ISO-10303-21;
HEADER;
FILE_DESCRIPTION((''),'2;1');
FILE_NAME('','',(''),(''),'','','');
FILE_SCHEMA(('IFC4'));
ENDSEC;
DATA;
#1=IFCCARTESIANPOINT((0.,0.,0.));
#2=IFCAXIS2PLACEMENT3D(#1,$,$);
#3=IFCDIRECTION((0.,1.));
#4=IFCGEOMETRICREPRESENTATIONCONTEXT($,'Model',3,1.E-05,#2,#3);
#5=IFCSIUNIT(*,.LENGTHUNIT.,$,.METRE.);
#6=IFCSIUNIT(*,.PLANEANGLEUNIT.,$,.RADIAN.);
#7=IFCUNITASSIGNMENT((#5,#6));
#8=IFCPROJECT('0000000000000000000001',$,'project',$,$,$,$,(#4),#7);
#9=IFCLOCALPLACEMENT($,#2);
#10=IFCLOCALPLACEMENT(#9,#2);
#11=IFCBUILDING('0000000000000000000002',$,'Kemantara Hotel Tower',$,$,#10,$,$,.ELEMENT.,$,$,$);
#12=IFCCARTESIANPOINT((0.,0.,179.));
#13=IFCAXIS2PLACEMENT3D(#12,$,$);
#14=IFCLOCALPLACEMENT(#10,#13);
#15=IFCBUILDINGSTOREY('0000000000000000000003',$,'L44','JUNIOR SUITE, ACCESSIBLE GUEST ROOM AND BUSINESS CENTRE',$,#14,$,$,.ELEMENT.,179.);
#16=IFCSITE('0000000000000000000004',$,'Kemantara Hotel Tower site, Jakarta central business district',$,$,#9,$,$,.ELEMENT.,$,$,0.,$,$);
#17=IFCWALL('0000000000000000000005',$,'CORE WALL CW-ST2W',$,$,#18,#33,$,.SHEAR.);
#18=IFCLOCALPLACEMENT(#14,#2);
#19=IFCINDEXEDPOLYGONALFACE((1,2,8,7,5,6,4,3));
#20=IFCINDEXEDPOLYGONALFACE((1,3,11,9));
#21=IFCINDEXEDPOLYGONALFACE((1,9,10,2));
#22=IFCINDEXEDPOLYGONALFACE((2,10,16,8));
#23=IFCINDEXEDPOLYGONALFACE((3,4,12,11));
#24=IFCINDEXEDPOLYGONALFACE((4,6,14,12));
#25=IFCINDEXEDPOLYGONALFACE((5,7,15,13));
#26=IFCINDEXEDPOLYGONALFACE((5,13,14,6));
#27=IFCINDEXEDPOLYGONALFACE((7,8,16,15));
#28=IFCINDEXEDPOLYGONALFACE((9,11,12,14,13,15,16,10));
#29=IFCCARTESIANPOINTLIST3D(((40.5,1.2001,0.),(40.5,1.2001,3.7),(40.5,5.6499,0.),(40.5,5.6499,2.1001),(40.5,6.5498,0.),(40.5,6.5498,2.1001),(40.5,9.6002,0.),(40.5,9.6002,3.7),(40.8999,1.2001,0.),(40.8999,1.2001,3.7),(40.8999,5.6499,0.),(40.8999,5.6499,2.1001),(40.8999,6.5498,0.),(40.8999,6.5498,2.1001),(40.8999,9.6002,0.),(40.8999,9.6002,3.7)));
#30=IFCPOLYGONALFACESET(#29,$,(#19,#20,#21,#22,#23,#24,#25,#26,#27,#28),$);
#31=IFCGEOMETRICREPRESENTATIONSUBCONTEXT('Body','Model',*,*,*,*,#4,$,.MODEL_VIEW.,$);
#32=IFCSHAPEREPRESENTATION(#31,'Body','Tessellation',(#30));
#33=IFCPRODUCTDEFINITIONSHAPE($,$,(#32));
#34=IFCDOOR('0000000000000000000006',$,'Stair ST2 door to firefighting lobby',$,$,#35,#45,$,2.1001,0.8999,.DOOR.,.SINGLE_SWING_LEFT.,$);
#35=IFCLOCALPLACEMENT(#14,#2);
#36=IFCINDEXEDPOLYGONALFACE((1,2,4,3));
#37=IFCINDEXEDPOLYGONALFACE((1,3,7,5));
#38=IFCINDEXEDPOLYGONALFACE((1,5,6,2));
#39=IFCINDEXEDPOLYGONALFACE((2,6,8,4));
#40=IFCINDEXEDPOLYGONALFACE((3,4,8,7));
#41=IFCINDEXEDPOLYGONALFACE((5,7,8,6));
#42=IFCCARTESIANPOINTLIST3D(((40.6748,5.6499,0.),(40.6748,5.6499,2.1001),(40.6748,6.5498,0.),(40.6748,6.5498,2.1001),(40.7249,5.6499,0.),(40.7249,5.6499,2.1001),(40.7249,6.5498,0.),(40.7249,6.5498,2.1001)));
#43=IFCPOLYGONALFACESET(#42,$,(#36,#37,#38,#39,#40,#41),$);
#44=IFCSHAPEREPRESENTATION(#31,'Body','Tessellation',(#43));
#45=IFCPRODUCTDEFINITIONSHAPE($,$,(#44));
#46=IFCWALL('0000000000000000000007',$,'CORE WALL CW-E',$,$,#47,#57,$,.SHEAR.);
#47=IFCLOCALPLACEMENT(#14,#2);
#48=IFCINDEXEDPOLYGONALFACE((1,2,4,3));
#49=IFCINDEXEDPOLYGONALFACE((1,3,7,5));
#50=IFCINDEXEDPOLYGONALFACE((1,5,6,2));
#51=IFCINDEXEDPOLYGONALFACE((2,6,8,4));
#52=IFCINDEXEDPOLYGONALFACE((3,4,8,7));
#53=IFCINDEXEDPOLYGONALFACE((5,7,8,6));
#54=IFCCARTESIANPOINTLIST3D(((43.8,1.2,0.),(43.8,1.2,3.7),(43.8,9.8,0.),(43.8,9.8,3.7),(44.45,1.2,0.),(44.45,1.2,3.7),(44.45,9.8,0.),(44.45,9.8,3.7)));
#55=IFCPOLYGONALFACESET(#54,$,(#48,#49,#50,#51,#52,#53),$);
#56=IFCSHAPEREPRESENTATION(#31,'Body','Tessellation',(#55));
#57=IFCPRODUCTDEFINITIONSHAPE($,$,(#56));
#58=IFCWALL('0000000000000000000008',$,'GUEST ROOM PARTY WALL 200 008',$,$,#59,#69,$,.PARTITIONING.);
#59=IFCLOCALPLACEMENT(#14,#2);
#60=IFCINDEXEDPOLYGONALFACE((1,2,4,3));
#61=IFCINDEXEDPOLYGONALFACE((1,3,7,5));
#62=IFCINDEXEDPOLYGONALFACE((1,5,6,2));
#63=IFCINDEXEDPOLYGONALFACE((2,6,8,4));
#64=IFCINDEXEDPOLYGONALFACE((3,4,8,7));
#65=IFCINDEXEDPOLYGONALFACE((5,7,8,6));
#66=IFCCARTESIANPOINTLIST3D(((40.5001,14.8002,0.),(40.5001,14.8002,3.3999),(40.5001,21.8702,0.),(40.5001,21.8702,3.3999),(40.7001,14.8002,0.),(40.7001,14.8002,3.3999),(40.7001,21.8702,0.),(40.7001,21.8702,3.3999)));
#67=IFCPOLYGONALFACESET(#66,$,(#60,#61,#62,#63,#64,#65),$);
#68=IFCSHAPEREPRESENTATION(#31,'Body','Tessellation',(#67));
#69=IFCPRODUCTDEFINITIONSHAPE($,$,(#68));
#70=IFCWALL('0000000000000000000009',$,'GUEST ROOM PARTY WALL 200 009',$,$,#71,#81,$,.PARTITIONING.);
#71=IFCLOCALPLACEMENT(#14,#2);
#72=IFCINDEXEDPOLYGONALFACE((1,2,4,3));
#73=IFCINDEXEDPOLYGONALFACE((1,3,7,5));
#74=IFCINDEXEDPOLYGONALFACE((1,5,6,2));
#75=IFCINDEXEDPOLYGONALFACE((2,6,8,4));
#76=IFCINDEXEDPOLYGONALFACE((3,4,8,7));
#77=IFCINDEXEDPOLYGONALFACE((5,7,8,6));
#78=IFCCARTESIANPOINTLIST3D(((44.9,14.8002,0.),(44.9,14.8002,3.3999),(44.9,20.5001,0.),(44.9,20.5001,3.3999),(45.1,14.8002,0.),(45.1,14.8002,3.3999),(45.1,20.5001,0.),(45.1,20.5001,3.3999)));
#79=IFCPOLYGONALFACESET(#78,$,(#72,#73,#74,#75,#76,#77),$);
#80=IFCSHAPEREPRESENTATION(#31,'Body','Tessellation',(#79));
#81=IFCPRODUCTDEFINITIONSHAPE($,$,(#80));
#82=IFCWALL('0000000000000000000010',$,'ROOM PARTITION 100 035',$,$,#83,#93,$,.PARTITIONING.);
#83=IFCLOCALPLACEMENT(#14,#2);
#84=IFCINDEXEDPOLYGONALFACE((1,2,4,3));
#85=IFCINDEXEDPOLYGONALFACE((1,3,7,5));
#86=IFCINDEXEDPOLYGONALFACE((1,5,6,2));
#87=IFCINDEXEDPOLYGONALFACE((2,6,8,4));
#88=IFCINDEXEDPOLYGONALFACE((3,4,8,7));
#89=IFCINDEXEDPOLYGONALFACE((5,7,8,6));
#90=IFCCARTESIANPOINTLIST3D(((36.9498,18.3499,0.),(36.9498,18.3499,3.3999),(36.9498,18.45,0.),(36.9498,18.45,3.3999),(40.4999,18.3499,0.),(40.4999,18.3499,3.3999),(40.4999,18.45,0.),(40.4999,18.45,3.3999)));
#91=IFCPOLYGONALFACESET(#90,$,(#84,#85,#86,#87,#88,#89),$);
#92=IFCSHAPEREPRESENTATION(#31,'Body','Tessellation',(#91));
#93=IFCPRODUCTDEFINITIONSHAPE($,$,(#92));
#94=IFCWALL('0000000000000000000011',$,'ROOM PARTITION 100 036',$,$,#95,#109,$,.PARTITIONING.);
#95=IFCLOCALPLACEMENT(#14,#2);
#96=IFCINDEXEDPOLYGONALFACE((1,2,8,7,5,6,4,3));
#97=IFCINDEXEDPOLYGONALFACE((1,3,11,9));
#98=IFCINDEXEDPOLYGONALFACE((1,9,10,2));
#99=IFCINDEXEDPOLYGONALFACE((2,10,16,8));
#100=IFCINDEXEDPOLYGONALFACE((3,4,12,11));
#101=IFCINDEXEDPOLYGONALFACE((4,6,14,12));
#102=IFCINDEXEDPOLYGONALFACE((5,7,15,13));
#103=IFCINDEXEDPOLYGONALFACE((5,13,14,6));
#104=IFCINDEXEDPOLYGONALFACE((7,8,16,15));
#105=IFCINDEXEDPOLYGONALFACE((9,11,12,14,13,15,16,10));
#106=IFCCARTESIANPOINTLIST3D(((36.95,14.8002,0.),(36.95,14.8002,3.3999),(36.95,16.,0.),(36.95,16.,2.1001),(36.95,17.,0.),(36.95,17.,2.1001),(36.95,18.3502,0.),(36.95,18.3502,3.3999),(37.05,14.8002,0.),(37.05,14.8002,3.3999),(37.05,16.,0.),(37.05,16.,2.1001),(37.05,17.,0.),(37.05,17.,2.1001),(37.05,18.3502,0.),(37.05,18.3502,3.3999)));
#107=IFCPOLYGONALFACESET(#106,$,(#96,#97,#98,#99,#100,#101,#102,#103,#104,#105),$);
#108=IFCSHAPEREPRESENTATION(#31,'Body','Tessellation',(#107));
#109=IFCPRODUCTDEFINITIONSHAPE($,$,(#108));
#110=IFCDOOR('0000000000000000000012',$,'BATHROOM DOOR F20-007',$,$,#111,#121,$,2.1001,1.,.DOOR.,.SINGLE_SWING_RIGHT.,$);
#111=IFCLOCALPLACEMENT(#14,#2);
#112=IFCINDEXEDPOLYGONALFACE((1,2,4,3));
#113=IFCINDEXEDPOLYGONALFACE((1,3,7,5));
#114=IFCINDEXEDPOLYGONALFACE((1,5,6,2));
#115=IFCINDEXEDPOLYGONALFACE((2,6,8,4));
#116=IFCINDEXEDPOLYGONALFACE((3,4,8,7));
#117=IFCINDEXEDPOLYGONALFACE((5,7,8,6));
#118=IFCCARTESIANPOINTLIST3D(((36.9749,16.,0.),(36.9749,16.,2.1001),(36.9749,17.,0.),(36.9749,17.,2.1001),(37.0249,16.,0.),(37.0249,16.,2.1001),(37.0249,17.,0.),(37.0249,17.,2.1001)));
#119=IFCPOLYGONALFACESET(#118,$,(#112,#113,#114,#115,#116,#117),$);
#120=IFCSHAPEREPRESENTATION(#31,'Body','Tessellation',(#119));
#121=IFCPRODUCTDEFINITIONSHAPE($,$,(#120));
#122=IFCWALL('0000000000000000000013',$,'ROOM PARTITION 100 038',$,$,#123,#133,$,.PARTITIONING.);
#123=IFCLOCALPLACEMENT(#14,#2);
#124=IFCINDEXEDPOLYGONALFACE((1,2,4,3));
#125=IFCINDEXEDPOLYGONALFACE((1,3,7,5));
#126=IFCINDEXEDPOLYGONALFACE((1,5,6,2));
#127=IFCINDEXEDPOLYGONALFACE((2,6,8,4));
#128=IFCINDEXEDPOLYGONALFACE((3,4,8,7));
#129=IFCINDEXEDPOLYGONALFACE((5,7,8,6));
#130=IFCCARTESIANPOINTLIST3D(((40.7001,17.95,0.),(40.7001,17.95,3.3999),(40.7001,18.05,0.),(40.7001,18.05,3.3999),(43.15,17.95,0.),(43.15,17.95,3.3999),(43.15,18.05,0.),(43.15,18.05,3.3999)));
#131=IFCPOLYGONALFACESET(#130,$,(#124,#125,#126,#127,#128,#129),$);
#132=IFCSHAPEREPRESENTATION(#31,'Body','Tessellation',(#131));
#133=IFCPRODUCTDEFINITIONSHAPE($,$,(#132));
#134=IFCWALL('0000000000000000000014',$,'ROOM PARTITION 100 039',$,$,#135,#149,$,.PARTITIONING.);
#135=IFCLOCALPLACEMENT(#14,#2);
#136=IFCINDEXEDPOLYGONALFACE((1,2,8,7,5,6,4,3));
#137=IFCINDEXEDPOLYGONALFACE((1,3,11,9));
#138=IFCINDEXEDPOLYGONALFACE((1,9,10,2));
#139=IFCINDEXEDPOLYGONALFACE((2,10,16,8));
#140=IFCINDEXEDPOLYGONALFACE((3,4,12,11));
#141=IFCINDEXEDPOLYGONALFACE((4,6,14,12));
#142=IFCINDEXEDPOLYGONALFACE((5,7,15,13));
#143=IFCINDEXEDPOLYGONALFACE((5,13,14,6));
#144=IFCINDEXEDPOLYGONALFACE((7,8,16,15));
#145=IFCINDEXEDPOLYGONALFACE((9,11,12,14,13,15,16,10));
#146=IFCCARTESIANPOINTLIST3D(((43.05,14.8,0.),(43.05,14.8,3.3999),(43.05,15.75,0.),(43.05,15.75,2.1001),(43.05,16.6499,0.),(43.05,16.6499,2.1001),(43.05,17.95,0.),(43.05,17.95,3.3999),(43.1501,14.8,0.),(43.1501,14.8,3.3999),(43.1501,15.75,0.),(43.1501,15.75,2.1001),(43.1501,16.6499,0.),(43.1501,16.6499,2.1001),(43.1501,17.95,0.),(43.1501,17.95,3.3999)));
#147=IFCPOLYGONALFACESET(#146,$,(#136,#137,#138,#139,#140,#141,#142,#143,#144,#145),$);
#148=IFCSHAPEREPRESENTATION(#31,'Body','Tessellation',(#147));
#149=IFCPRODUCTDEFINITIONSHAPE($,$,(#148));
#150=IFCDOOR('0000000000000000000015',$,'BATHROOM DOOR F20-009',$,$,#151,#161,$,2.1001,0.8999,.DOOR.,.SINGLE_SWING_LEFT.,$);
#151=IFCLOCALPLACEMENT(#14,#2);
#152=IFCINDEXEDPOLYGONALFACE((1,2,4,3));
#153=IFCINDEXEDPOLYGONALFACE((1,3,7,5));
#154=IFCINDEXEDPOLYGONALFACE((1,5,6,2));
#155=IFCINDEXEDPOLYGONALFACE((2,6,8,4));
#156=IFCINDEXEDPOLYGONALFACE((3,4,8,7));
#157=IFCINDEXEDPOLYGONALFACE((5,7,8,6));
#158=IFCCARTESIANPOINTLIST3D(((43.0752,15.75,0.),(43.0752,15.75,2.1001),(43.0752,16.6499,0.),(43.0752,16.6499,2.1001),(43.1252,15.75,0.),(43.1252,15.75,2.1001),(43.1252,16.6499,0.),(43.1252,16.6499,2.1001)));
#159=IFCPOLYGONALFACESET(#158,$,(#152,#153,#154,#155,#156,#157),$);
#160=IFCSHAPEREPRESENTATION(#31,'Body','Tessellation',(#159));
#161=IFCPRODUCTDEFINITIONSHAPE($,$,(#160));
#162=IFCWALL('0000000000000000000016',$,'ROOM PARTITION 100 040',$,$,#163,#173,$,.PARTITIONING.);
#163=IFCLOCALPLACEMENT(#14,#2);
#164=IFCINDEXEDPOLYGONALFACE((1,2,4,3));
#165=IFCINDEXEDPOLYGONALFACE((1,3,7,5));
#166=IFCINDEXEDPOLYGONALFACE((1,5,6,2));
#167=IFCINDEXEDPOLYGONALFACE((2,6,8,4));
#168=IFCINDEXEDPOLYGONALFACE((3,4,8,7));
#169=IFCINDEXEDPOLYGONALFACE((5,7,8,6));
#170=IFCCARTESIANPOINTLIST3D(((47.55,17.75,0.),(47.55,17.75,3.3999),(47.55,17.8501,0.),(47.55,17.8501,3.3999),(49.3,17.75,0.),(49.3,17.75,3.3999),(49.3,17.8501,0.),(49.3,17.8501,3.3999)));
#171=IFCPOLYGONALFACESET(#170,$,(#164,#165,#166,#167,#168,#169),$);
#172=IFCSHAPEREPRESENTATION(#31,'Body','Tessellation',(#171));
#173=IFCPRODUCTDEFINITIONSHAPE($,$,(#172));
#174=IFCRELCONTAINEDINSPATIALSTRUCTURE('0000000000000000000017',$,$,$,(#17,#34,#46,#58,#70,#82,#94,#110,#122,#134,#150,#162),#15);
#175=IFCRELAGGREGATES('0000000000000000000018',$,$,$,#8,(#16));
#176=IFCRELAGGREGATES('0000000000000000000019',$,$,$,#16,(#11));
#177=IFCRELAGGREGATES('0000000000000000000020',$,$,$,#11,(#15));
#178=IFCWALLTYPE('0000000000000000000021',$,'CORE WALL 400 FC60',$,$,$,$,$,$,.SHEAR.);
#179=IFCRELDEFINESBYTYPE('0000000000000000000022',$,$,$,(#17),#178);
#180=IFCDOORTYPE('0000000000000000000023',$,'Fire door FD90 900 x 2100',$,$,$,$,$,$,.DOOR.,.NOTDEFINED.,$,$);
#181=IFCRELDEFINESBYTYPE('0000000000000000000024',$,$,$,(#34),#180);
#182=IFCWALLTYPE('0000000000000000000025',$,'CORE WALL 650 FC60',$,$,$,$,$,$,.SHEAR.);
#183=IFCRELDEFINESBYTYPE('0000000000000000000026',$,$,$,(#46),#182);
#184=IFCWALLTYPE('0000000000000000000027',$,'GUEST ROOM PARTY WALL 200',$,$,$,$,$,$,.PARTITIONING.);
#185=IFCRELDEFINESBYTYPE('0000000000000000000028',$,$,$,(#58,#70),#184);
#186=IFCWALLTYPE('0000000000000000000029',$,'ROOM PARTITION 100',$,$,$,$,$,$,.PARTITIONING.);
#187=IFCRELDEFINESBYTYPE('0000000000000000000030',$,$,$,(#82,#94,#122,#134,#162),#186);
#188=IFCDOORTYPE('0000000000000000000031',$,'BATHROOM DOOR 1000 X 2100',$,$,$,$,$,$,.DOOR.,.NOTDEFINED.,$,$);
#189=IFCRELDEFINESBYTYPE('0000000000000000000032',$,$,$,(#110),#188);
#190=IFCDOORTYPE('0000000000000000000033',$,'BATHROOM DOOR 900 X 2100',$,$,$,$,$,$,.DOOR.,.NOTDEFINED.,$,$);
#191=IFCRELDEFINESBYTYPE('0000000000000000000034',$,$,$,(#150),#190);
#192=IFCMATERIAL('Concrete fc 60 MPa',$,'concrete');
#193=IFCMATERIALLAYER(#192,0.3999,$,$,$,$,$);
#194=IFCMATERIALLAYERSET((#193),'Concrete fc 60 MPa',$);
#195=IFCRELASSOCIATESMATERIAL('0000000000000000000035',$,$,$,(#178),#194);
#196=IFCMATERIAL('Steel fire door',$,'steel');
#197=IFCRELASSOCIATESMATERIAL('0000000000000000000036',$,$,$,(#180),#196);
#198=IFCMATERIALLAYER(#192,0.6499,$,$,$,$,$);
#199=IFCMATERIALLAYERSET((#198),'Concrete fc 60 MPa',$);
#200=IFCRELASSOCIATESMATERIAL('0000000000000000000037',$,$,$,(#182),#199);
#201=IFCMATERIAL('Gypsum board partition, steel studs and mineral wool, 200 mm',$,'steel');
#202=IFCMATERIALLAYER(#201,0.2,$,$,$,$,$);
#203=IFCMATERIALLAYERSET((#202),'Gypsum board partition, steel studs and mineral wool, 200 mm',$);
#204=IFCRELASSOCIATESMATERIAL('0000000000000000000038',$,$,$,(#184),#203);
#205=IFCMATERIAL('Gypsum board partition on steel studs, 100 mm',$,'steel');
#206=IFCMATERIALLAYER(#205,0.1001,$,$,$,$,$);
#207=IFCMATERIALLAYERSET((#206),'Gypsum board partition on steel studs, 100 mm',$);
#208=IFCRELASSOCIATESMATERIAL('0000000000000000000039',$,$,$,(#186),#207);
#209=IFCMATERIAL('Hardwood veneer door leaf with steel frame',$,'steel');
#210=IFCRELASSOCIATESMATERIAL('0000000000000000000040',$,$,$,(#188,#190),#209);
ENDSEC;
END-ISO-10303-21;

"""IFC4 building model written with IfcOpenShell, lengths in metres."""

from ifc_helpers import new_model, si_unit, direction, frame, frame_2d, origin, place, context, subcontext, project, spatial, rectangle, extrude, material, layer, layer_set, type_object, element, fill, save


model = new_model("IFC4")

# Units and contexts
model_context = context("Model", 3, precision=1e-05, world=origin(), true_north=direction((0.0, 1.0)))
body_context = subcontext(model_context, "Body", "Model", "MODEL_VIEW")
ifc_project = project(units=[si_unit("LENGTHUNIT", "METRE"), si_unit("PLANEANGLEUNIT", "RADIAN")], contexts=[model_context])

# Site, building, storey
site_placement = place(None, origin())
site = spatial("IfcSite", under=ifc_project, at=site_placement, Name="Kemantara Hotel Tower site, Jakarta central business district", CompositionType="ELEMENT", RefElevation=0.0)
building_placement = place(site_placement, origin())
building = spatial("IfcBuilding", under=site, at=building_placement, Name="Kemantara Hotel Tower", CompositionType="ELEMENT")
storey_placement = place(building_placement, frame((0.0, 0.0, 179.0)))
storey = spatial("IfcBuildingStorey", under=building, at=storey_placement, Name="L44", Description="JUNIOR SUITE, ACCESSIBLE GUEST ROOM AND BUSINESS CENTRE", CompositionType="ELEMENT", Elevation=179.0)

# Shared definitions
ifc_material_1 = material(Name="Concrete fc 60 MPa", Category="concrete")

# Wall, opening, door
ifc_layer_1 = layer(ifc_material_1, 0.3999)
ifc_layer_set_1 = layer_set([ifc_layer_1], Name="Concrete fc 60 MPa")
wall_type_1 = type_object("IfcWallType", Name="CORE WALL 400 FC60", PredefinedType="SHEAR", material=ifc_layer_set_1)
ifc_material_2 = material(Name="Steel fire door", Category="steel")
wall_1_placement = place(storey_placement, frame((40.7, 1.2, 0.0), z_axis=(0.0, 0.0, 1.0), x_axis=(0.0, 1.0, 0.0)))
wall_1 = element("IfcWall", 1, at=wall_1_placement, inside=storey, type_object=wall_type_1, Name="CORE WALL CW-ST2W", PredefinedType="SHEAR", context=body_context, shape_type="SweptSolid", body=[
    extrude(rectangle(XDim=8.4001, YDim=0.3999, at=frame_2d((4.2002, 0.0))), origin(), (0.0, 0.0, 1.0), 3.7),
])
opening_1_placement = place(wall_1_placement, frame((4.45, 0.0, 0.0)))
opening_1 = element("IfcOpeningElement", 2, at=opening_1_placement, cuts=wall_1, PredefinedType="OPENING", context=body_context, shape_type="SweptSolid", body=[
    extrude(rectangle(XDim=0.8999, YDim=2.1001, at=frame_2d((0.45, 1.05))), frame((0.0, 0.21, 0.0), z_axis=(0.0, -1.0, 0.0), x_axis=(1.0, 0.0, 0.0)), (0.0, 0.0, 1.0), 0.4199),
])
door_type_1 = type_object("IfcDoorType", Name="Fire door FD90 900 x 2100", OperationType="NOTDEFINED", PredefinedType="DOOR", material=ifc_material_2)
door_1_placement = place(opening_1_placement, frame((0.8999, 0.0, 0.0), z_axis=(0.0, 0.0, 1.0), x_axis=(-1.0, 0.0, 0.0)))
door_1 = element("IfcDoor", 3, at=door_1_placement, inside=storey, type_object=door_type_1, Name="Stair ST2 door to firefighting lobby", OperationType="SINGLE_SWING_LEFT", OverallHeight=2.1001, OverallWidth=0.8999, PredefinedType="DOOR", context=body_context, shape_type="SweptSolid", body=[
    extrude(rectangle(XDim=0.8999, YDim=2.1001, at=frame_2d((0.45, 1.05))), frame((0.0, 0.0249, 0.0), z_axis=(0.0, -1.0, 0.0), x_axis=(1.0, 0.0, 0.0)), (0.0, 0.0, 1.0), 0.05),
])
fill(opening_1, door_1)

# Walls
ifc_layer_2 = layer(ifc_material_1, 0.6499)
ifc_layer_set_2 = layer_set([ifc_layer_2], Name="Concrete fc 60 MPa")
wall_type_2 = type_object("IfcWallType", Name="CORE WALL 650 FC60", PredefinedType="SHEAR", material=ifc_layer_set_2)
wall_2_placement = place(storey_placement, frame((44.125, 1.2, 0.0), z_axis=(0.0, 0.0, 1.0), x_axis=(0.0, 1.0, 0.0)))
element("IfcWall", 4, at=wall_2_placement, inside=storey, type_object=wall_type_2, Name="CORE WALL CW-E", PredefinedType="SHEAR", context=body_context, shape_type="SweptSolid", body=[
    extrude(rectangle(XDim=8.6001, YDim=0.6499, at=frame_2d((4.3, 0.0))), origin(), (0.0, 0.0, 1.0), 3.7),
])
ifc_material_3 = material(Name="Gypsum board partition, steel studs and mineral wool, 200 mm", Category="steel")
ifc_layer_3 = layer(ifc_material_3, 0.2)
ifc_layer_set_3 = layer_set([ifc_layer_3], Name="Gypsum board partition, steel studs and mineral wool, 200 mm")
wall_type_3 = type_object("IfcWallType", Name="GUEST ROOM PARTY WALL 200", PredefinedType="PARTITIONING", material=ifc_layer_set_3)
wall_3_placement = place(storey_placement, frame((40.6001, 14.8, 0.0), z_axis=(0.0, 0.0, 1.0), x_axis=(0.0, 1.0, 0.0)))
element("IfcWall", 5, at=wall_3_placement, inside=storey, type_object=wall_type_3, Name="GUEST ROOM PARTY WALL 200 008", PredefinedType="PARTITIONING", context=body_context, shape_type="SweptSolid", body=[
    extrude(rectangle(XDim=7.0701, YDim=0.2, at=frame_2d((3.5352, 0.0))), origin(), (0.0, 0.0, 1.0), 3.3999),
])
wall_4_placement = place(storey_placement, frame((45.0, 14.8, 0.0), z_axis=(0.0, 0.0, 1.0), x_axis=(0.0, 1.0, 0.0)))
element("IfcWall", 6, at=wall_4_placement, inside=storey, type_object=wall_type_3, Name="GUEST ROOM PARTY WALL 200 009", PredefinedType="PARTITIONING", context=body_context, shape_type="SweptSolid", body=[
    extrude(rectangle(XDim=5.7, YDim=0.2, at=frame_2d((2.8501, 0.0))), origin(), (0.0, 0.0, 1.0), 3.3999),
])
ifc_material_4 = material(Name="Gypsum board partition on steel studs, 100 mm", Category="steel")
ifc_layer_4 = layer(ifc_material_4, 0.1001)
ifc_layer_set_4 = layer_set([ifc_layer_4], Name="Gypsum board partition on steel studs, 100 mm")
wall_type_4 = type_object("IfcWallType", Name="ROOM PARTITION 100", PredefinedType="PARTITIONING", material=ifc_layer_set_4)
wall_5_placement = place(storey_placement, frame((36.95, 18.3999, 0.0), z_axis=(0.0, 0.0, 1.0), x_axis=(1.0, 0.0, 0.0)))
element("IfcWall", 7, at=wall_5_placement, inside=storey, type_object=wall_type_4, Name="ROOM PARTITION 100 035", PredefinedType="PARTITIONING", context=body_context, shape_type="SweptSolid", body=[
    extrude(rectangle(XDim=3.55, YDim=0.1001, at=frame_2d((1.7749, 0.0))), origin(), (0.0, 0.0, 1.0), 3.3999),
])

# Wall, opening, door
wall_6_placement = place(storey_placement, frame((37.0, 18.3501, 0.0), z_axis=(0.0, 0.0, 1.0), x_axis=(0.0, -1.0, 0.0)))
wall_6 = element("IfcWall", 8, at=wall_6_placement, inside=storey, type_object=wall_type_4, Name="ROOM PARTITION 100 036", PredefinedType="PARTITIONING", context=body_context, shape_type="SweptSolid", body=[
    extrude(rectangle(XDim=3.55, YDim=0.1001, at=frame_2d((1.7749, 0.0))), origin(), (0.0, 0.0, 1.0), 3.3999),
])
opening_2_placement = place(wall_6_placement, frame((1.3501, 0.0, 0.0)))
opening_2 = element("IfcOpeningElement", 9, at=opening_2_placement, cuts=wall_6, PredefinedType="OPENING", context=body_context, shape_type="SweptSolid", body=[
    extrude(rectangle(XDim=1.0, YDim=2.1001, at=frame_2d((0.5, 1.05))), frame((0.0, 0.0601, 0.0), z_axis=(0.0, -1.0, 0.0), x_axis=(1.0, 0.0, 0.0)), (0.0, 0.0, 1.0), 0.1201),
])
ifc_material_5 = material(Name="Hardwood veneer door leaf with steel frame", Category="steel")
door_type_2 = type_object("IfcDoorType", Name="BATHROOM DOOR 1000 X 2100", OperationType="NOTDEFINED", PredefinedType="DOOR", material=ifc_material_5)
door_2_placement = place(opening_2_placement, origin())
door_2 = element("IfcDoor", 10, at=door_2_placement, inside=storey, type_object=door_type_2, Name="BATHROOM DOOR F20-007", OperationType="SINGLE_SWING_RIGHT", OverallHeight=2.1001, OverallWidth=1.0, PredefinedType="DOOR", context=body_context, shape_type="SweptSolid", body=[
    extrude(rectangle(XDim=1.0, YDim=2.1001, at=frame_2d((0.5, 1.05))), frame((0.0, 0.0249, 0.0), z_axis=(0.0, -1.0, 0.0), x_axis=(1.0, 0.0, 0.0)), (0.0, 0.0, 1.0), 0.05),
])
fill(opening_2, door_2)

# Wall
wall_7_placement = place(storey_placement, frame((40.7, 18.0, 0.0), z_axis=(0.0, 0.0, 1.0), x_axis=(1.0, 0.0, 0.0)))
element("IfcWall", 11, at=wall_7_placement, inside=storey, type_object=wall_type_4, Name="ROOM PARTITION 100 038", PredefinedType="PARTITIONING", context=body_context, shape_type="SweptSolid", body=[
    extrude(rectangle(XDim=2.45, YDim=0.1001, at=frame_2d((1.2251, 0.0))), origin(), (0.0, 0.0, 1.0), 3.3999),
])

# Wall, opening, door
wall_8_placement = place(storey_placement, frame((43.1001, 14.8, 0.0), z_axis=(0.0, 0.0, 1.0), x_axis=(0.0, 1.0, 0.0)))
wall_8 = element("IfcWall", 12, at=wall_8_placement, inside=storey, type_object=wall_type_4, Name="ROOM PARTITION 100 039", PredefinedType="PARTITIONING", context=body_context, shape_type="SweptSolid", body=[
    extrude(rectangle(XDim=3.1499, YDim=0.1001, at=frame_2d((1.575, 0.0))), origin(), (0.0, 0.0, 1.0), 3.3999),
])
opening_3_placement = place(wall_8_placement, frame((0.95, 0.0, 0.0)))
opening_3 = element("IfcOpeningElement", 13, at=opening_3_placement, cuts=wall_8, PredefinedType="OPENING", context=body_context, shape_type="SweptSolid", body=[
    extrude(rectangle(XDim=0.8999, YDim=2.1001, at=frame_2d((0.45, 1.05))), frame((0.0, 0.0601, 0.0), z_axis=(0.0, -1.0, 0.0), x_axis=(1.0, 0.0, 0.0)), (0.0, 0.0, 1.0), 0.1201),
])
door_type_3 = type_object("IfcDoorType", Name="BATHROOM DOOR 900 X 2100", OperationType="NOTDEFINED", PredefinedType="DOOR", material=ifc_material_5)
door_3_placement = place(opening_3_placement, origin())
door_3 = element("IfcDoor", 14, at=door_3_placement, inside=storey, type_object=door_type_3, Name="BATHROOM DOOR F20-009", OperationType="SINGLE_SWING_LEFT", OverallHeight=2.1001, OverallWidth=0.8999, PredefinedType="DOOR", context=body_context, shape_type="SweptSolid", body=[
    extrude(rectangle(XDim=0.8999, YDim=2.1001, at=frame_2d((0.45, 1.05))), frame((0.0, 0.0249, 0.0), z_axis=(0.0, -1.0, 0.0), x_axis=(1.0, 0.0, 0.0)), (0.0, 0.0, 1.0), 0.05),
])
fill(opening_3, door_3)

# Wall
wall_9_placement = place(storey_placement, frame((47.55, 17.8, 0.0), z_axis=(0.0, 0.0, 1.0), x_axis=(1.0, 0.0, 0.0)))
element("IfcWall", 15, at=wall_9_placement, inside=storey, type_object=wall_type_4, Name="ROOM PARTITION 100 040", PredefinedType="PARTITIONING", context=body_context, shape_type="SweptSolid", body=[
    extrude(rectangle(XDim=1.75, YDim=0.1001, at=frame_2d((0.875, 0.0))), origin(), (0.0, 0.0, 1.0), 3.3999),
])

save(model, "model.ifc")
